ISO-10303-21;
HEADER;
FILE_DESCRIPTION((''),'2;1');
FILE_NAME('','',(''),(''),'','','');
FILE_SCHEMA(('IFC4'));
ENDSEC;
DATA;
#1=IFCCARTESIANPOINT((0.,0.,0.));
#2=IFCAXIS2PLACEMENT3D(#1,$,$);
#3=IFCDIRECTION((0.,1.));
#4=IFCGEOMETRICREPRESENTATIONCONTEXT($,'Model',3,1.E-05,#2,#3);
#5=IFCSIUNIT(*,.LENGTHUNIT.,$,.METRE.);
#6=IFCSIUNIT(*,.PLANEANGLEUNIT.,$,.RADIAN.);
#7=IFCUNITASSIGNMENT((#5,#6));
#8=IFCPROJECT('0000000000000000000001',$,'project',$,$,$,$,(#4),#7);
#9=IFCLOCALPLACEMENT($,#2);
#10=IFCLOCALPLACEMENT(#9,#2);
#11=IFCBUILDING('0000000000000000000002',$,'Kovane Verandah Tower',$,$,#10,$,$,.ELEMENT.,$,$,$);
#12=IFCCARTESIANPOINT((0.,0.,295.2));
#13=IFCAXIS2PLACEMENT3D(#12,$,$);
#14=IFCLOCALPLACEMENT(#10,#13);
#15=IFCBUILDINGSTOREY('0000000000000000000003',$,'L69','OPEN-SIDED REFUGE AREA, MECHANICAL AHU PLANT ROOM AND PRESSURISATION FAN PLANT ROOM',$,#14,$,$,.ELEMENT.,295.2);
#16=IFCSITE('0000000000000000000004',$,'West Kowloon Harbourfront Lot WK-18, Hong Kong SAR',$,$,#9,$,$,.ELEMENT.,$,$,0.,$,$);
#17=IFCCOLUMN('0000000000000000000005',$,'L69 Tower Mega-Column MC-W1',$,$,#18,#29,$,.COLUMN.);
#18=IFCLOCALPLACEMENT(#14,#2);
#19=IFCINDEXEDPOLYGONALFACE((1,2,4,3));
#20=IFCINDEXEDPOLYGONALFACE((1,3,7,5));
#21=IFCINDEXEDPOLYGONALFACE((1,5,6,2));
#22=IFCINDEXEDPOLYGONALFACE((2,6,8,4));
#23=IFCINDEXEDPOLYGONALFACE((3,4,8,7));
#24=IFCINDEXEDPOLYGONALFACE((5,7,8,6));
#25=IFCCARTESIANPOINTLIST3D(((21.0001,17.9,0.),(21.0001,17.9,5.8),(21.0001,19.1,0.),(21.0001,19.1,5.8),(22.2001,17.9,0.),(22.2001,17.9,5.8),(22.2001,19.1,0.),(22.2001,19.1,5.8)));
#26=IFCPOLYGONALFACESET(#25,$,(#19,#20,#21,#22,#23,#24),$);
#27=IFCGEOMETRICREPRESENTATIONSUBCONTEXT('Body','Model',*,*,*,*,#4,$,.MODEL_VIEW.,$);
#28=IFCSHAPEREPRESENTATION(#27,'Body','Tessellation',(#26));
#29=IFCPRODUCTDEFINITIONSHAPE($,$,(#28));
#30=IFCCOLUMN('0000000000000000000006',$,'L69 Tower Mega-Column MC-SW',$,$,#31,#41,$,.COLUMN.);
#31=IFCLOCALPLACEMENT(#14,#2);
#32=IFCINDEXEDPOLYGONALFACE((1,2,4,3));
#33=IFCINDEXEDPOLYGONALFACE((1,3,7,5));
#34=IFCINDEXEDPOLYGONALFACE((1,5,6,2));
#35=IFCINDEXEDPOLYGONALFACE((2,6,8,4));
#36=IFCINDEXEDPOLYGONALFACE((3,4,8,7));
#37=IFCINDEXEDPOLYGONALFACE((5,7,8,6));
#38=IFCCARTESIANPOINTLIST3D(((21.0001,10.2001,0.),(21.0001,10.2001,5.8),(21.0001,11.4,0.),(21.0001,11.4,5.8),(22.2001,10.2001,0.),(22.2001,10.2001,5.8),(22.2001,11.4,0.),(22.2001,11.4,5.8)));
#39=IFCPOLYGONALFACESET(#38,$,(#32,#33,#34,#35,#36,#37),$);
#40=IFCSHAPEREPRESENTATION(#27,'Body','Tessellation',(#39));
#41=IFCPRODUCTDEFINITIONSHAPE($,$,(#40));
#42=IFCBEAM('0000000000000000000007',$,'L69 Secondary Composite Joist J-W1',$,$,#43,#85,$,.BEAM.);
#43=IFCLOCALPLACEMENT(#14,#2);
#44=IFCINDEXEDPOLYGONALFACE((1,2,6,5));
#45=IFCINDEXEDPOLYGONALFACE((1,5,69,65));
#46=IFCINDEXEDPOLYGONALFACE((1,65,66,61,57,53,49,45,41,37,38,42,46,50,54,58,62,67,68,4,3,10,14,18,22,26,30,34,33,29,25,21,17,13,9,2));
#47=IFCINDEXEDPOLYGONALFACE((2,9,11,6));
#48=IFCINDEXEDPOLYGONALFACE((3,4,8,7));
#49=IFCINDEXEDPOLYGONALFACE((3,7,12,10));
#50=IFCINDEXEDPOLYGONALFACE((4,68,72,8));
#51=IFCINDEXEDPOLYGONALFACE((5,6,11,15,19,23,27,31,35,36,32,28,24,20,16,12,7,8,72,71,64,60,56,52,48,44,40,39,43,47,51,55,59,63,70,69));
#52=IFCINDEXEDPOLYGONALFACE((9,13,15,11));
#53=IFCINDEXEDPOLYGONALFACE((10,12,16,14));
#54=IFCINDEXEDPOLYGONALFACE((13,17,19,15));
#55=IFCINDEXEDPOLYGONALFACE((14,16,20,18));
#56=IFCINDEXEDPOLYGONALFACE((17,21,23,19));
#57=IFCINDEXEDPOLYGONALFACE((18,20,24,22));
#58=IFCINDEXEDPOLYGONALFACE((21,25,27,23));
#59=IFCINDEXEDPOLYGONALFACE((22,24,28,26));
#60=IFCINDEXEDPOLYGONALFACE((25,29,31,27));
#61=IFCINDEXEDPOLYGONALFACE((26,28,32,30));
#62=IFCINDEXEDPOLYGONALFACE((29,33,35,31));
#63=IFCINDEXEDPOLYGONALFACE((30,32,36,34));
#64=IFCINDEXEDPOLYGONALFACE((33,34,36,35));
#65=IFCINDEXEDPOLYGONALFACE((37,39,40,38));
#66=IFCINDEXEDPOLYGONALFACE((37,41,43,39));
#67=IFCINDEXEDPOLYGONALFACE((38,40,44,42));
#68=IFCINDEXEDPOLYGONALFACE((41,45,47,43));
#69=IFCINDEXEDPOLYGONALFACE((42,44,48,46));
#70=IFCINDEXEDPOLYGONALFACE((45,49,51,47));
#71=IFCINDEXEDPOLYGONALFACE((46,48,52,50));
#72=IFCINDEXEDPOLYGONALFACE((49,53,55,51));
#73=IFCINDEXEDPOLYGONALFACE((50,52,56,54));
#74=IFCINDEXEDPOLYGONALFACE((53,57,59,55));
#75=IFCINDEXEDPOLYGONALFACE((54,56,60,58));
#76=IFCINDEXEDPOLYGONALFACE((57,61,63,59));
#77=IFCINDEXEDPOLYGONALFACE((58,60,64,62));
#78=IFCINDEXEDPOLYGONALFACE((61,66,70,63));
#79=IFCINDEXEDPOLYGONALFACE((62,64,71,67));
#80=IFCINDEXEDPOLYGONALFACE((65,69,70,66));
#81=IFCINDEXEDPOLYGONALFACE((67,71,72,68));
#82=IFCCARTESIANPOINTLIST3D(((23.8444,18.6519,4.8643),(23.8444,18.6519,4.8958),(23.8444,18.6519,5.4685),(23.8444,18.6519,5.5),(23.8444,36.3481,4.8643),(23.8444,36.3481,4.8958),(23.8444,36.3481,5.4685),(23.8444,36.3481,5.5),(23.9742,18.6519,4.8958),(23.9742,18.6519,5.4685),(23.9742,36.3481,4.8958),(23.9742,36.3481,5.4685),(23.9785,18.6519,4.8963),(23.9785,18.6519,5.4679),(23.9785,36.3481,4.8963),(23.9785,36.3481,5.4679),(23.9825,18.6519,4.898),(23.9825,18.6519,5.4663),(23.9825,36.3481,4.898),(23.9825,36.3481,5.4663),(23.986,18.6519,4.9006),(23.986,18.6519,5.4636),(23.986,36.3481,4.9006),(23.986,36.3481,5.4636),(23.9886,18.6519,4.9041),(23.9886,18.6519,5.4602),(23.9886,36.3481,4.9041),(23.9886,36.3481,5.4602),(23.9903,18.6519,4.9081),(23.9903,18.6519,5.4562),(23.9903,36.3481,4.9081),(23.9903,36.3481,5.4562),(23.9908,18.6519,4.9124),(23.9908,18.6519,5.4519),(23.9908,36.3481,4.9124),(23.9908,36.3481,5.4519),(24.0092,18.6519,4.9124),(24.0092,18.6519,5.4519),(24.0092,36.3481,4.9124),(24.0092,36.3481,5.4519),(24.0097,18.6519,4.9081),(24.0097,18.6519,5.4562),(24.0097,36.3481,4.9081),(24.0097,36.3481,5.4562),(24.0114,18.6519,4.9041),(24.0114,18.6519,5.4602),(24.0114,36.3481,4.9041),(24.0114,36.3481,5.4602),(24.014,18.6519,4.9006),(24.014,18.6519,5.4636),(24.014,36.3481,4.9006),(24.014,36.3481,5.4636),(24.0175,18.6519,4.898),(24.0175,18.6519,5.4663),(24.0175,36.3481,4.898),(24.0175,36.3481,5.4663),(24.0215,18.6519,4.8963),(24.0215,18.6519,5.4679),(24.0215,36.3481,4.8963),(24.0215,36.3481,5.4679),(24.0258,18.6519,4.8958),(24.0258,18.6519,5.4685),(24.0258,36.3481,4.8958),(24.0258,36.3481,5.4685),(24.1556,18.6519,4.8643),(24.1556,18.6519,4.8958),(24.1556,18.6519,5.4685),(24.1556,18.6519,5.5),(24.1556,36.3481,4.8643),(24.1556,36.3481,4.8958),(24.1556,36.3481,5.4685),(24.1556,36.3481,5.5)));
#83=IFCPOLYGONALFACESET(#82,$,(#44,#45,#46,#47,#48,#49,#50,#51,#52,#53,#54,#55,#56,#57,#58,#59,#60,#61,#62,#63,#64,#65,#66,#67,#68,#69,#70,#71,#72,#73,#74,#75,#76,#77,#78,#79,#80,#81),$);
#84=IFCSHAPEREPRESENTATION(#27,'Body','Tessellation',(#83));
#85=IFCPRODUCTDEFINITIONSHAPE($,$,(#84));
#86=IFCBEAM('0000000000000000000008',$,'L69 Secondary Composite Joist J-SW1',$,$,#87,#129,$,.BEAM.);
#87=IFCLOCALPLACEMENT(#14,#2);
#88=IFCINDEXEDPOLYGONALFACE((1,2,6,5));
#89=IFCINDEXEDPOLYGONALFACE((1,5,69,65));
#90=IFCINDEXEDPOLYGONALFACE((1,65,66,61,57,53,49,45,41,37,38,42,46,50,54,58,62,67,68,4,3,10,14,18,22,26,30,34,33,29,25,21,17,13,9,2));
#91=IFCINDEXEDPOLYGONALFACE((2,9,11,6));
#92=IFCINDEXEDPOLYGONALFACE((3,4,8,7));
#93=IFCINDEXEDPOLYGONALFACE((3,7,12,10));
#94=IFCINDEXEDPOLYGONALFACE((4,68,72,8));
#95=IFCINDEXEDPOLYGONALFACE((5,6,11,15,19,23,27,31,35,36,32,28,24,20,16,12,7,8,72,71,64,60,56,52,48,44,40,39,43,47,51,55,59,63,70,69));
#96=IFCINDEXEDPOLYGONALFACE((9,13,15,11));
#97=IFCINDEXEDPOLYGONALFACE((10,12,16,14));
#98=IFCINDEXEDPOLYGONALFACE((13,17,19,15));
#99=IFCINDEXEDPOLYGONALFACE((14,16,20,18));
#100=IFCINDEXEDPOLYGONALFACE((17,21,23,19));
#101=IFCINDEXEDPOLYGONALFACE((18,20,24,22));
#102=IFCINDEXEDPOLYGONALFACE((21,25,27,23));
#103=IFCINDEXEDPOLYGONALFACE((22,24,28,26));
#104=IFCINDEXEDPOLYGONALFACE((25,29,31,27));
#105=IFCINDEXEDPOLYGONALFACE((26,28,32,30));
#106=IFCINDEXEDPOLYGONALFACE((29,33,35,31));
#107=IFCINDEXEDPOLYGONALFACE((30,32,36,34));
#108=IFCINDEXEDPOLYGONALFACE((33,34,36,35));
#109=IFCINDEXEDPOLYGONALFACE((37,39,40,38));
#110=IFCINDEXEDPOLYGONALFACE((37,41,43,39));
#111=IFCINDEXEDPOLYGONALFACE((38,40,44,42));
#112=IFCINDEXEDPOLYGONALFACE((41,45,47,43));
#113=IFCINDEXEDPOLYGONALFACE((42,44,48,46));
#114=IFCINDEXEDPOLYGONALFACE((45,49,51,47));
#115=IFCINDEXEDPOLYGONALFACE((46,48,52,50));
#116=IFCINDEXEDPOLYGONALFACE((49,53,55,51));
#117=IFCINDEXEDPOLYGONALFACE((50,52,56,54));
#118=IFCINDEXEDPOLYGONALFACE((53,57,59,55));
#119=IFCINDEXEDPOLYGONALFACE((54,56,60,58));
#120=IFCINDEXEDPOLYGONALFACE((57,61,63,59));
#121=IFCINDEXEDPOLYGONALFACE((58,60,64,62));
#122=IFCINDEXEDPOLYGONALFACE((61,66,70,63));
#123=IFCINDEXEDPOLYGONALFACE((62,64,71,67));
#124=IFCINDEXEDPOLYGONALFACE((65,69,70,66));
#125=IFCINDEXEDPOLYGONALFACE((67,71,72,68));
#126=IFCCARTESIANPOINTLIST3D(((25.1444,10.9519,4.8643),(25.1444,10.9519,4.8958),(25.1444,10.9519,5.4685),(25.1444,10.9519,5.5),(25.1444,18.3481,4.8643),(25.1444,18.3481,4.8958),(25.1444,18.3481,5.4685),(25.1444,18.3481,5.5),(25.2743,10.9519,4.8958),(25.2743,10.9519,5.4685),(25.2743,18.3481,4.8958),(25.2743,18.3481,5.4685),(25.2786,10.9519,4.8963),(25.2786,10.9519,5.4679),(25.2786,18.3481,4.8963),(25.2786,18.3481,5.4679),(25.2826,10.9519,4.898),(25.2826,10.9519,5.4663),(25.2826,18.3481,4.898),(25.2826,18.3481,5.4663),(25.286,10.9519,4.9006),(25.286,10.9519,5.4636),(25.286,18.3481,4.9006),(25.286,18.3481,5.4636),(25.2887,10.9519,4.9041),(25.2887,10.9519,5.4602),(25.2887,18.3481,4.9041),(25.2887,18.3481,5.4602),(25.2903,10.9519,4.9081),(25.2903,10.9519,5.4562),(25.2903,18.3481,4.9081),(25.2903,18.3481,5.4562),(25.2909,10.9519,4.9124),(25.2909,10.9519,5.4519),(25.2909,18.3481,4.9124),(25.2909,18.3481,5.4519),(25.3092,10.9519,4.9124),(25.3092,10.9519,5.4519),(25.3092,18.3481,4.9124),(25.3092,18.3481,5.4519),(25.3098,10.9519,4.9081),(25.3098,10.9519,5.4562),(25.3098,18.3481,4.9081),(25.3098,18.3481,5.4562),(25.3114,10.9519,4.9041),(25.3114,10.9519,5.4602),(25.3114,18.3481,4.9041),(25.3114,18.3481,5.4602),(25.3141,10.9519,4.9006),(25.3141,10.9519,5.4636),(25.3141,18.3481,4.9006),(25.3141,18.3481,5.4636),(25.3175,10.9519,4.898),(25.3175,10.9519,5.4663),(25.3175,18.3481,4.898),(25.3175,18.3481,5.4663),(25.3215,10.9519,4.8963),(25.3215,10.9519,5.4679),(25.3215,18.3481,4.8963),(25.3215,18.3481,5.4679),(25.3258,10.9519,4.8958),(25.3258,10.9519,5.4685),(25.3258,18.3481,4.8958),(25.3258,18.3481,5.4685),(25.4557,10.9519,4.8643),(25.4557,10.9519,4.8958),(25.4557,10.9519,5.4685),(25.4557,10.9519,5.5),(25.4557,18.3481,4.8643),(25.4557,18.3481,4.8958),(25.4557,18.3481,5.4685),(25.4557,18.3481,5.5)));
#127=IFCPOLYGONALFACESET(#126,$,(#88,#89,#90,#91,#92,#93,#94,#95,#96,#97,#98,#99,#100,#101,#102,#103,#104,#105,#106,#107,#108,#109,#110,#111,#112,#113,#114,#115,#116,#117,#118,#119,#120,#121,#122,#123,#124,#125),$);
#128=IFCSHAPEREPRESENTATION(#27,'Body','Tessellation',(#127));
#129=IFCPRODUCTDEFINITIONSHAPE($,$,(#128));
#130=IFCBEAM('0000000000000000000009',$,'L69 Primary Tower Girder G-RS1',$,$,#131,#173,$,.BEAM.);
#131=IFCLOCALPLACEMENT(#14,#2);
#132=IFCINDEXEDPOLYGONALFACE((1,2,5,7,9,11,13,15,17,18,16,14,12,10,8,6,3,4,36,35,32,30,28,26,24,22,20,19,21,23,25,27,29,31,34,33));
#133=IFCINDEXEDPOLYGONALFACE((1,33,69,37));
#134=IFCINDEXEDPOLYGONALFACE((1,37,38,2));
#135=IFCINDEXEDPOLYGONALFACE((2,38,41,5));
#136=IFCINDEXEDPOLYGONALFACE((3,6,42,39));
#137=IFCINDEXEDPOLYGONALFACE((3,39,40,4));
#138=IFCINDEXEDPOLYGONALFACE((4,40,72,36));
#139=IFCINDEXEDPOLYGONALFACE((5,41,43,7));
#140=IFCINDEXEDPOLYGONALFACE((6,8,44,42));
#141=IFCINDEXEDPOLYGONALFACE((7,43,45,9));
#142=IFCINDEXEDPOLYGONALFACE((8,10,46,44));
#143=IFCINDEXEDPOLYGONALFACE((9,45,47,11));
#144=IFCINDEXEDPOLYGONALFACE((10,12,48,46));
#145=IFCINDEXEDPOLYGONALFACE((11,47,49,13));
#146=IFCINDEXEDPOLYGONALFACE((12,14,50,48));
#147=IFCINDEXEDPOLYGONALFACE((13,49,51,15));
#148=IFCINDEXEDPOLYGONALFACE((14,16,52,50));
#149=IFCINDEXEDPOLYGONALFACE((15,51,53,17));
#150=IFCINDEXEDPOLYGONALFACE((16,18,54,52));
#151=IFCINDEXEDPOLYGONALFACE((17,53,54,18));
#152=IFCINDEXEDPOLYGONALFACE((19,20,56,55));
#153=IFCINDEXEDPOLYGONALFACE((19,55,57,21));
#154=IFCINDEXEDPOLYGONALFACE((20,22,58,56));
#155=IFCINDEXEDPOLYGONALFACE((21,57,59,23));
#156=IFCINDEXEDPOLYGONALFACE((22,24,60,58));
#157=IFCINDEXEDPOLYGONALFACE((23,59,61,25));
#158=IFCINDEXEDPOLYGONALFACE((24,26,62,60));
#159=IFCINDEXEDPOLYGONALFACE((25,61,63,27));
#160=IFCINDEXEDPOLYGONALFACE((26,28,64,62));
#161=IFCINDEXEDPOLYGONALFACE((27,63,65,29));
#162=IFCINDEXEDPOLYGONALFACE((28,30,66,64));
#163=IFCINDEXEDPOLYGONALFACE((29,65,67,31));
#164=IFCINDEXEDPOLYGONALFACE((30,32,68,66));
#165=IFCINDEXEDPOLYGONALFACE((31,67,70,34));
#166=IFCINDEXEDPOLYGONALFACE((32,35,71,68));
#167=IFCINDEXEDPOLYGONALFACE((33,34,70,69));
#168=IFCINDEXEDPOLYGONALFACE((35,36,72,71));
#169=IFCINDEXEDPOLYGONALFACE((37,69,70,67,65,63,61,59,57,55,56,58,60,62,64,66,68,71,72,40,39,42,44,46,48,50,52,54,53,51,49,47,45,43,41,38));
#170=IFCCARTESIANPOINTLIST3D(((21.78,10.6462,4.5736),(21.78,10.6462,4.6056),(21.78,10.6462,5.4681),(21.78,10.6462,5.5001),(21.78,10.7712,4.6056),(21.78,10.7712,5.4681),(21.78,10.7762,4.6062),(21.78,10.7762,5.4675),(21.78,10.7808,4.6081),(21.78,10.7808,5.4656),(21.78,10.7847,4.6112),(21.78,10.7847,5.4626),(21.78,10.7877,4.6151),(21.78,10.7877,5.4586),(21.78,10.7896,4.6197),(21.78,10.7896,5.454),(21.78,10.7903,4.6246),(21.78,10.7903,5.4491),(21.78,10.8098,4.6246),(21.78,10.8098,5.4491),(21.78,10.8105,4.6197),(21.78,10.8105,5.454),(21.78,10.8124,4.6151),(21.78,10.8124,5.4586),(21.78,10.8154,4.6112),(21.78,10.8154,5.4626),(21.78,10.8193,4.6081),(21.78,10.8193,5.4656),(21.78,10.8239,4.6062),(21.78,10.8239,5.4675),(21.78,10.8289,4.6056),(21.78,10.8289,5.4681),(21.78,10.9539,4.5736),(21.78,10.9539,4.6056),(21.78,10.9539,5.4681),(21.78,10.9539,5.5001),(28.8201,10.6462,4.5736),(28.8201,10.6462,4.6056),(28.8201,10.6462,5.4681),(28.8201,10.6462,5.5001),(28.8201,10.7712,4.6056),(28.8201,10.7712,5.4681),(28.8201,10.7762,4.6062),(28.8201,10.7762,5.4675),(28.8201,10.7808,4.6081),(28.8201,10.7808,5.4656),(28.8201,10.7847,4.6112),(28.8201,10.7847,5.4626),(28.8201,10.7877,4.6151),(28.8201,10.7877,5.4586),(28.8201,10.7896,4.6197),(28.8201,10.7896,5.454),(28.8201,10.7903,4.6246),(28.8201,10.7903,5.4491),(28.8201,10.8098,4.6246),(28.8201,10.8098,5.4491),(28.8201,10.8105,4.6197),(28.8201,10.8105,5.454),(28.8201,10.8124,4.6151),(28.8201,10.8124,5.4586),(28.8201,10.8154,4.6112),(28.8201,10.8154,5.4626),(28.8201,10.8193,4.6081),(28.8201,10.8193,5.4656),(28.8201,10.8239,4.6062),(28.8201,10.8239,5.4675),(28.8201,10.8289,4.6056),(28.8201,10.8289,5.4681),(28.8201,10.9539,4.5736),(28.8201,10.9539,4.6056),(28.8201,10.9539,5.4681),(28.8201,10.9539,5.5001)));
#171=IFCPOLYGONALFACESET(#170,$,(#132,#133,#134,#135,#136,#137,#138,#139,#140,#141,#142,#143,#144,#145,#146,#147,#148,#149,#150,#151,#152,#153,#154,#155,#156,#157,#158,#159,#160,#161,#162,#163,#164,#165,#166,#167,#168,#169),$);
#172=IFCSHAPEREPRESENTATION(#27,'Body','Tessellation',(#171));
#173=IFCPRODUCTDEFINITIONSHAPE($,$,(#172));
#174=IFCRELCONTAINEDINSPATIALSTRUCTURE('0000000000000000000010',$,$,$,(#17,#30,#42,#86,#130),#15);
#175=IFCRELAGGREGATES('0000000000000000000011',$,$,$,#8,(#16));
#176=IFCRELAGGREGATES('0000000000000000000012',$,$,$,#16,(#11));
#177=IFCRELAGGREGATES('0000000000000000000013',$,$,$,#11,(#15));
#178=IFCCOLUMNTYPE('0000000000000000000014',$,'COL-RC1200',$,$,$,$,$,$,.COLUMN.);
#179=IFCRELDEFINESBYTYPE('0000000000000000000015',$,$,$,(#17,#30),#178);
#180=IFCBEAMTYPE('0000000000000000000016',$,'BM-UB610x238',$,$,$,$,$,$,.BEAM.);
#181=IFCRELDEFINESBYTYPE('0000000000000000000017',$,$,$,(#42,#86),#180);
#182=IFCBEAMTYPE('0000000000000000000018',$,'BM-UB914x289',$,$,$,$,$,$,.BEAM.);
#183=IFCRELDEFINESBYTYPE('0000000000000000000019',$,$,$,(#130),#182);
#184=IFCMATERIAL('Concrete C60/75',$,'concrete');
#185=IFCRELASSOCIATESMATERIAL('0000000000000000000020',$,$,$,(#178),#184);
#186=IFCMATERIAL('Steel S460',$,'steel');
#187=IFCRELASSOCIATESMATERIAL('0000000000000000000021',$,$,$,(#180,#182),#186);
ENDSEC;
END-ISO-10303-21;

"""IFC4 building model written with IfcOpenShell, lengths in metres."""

from ifc_helpers import new_model, si_unit, direction, frame, origin, origin_2d, place, context, subcontext, project, spatial, rectangle, i_section, extrude, material, material_profile, profile_set, type_object, element, save


model = new_model("IFC4")

# Units and contexts
model_context = context("Model", 3, precision=1e-05, world=origin(), true_north=direction((0.0, 1.0)))
body_context = subcontext(model_context, "Body", "Model", "MODEL_VIEW")
ifc_project = project(units=[si_unit("LENGTHUNIT", "METRE"), si_unit("PLANEANGLEUNIT", "RADIAN")], contexts=[model_context])

# Site, building, storey
site_placement = place(None, origin())
site = spatial("IfcSite", under=ifc_project, at=site_placement, Name="West Kowloon Harbourfront Lot WK-18, Hong Kong SAR", CompositionType="ELEMENT", RefElevation=0.0)
building_placement = place(site_placement, origin())
building = spatial("IfcBuilding", under=site, at=building_placement, Name="Kovane Verandah Tower", CompositionType="ELEMENT")
storey_placement = place(building_placement, frame((0.0, 0.0, 295.2)))
storey = spatial("IfcBuildingStorey", under=building, at=storey_placement, Name="L69", Description="OPEN-SIDED REFUGE AREA, MECHANICAL AHU PLANT ROOM AND PRESSURISATION FAN PLANT ROOM", CompositionType="ELEMENT", Elevation=295.2)

# Columns
ifc_material_1 = material(Name="Concrete C60/75", Category="concrete")
ifc_material_profile_1 = material_profile(ifc_material_1, rectangle(XDim=1.2, YDim=1.2, at=origin_2d()), Name="RC1200x1200")
ifc_profile_set_1 = profile_set([ifc_material_profile_1], Name="Concrete C60/75")
column_type = type_object("IfcColumnType", Name="COL-RC1200", PredefinedType="COLUMN", material=ifc_profile_set_1)
for number, where, z_axis, x_axis, name in (
    (1, (21.6001, 18.5, 0.0), (0.0, 0.0, 1.0), (1.0, 0.0, 0.0), "L69 Tower Mega-Column MC-W1"),
    (2, (21.6001, 10.8, 0.0), (0.0, 0.0, 1.0), (1.0, 0.0, 0.0), "L69 Tower Mega-Column MC-SW"),
):
    element("IfcColumn", number, at=place(storey_placement, frame(where, z_axis=z_axis, x_axis=x_axis)), inside=storey, type_object=column_type, Name=name, PredefinedType="COLUMN", context=body_context, shape_type="SweptSolid", body=[
        extrude(rectangle(XDim=1.2, YDim=1.2, at=origin_2d()), origin(), (0.0, 0.0, 1.0), 5.8),
    ])

# Beams
ifc_material_2 = material(Name="Steel S460", Category="steel")
ifc_material_profile_2 = material_profile(ifc_material_2, i_section(OverallWidth=0.3113, OverallDepth=0.6357, WebThickness=0.0183, FlangeThickness=0.0315, FilletRadius=0.0166, at=origin_2d()), Name="UB610x305x238")
ifc_profile_set_2 = profile_set([ifc_material_profile_2], Name="Steel S460")
beam_type_1 = type_object("IfcBeamType", Name="BM-UB610x238", PredefinedType="BEAM", material=ifc_profile_set_2)
beam_1_placement = place(storey_placement, frame((24.0, 18.6519, 5.1821), z_axis=(0.0, 1.0, 0.0), x_axis=(-1.0, 0.0, 0.0)))
element("IfcBeam", 3, at=beam_1_placement, inside=storey, type_object=beam_type_1, Name="L69 Secondary Composite Joist J-W1", PredefinedType="BEAM", context=body_context, shape_type="SweptSolid", body=[
    extrude(i_section(OverallWidth=0.3113, OverallDepth=0.6357, WebThickness=0.0183, FlangeThickness=0.0315, FilletRadius=0.0166, at=origin_2d()), origin(), (0.0, 0.0, 1.0), 17.6963),
])
beam_2_placement = place(storey_placement, frame((25.3, 10.9519, 5.1821), z_axis=(0.0, 1.0, 0.0), x_axis=(-1.0, 0.0, 0.0)))
element("IfcBeam", 4, at=beam_2_placement, inside=storey, type_object=beam_type_1, Name="L69 Secondary Composite Joist J-SW1", PredefinedType="BEAM", context=body_context, shape_type="SweptSolid", body=[
    extrude(i_section(OverallWidth=0.3113, OverallDepth=0.6357, WebThickness=0.0183, FlangeThickness=0.0315, FilletRadius=0.0166, at=origin_2d()), origin(), (0.0, 0.0, 1.0), 7.3962),
])
ifc_material_profile_3 = material_profile(ifc_material_2, i_section(OverallWidth=0.3076, OverallDepth=0.9265, WebThickness=0.0195, FlangeThickness=0.032, FilletRadius=0.019, at=origin_2d()), Name="UB914x305x289")
ifc_profile_set_3 = profile_set([ifc_material_profile_3], Name="Steel S460")
beam_type_2 = type_object("IfcBeamType", Name="BM-UB914x289", PredefinedType="BEAM", material=ifc_profile_set_3)
beam_3_placement = place(storey_placement, frame((21.78, 10.8, 5.0369), z_axis=(1.0, 0.0, 0.0), x_axis=(0.0, 1.0, 0.0)))
element("IfcBeam", 5, at=beam_3_placement, inside=storey, type_object=beam_type_2, Name="L69 Primary Tower Girder G-RS1", PredefinedType="BEAM", context=body_context, shape_type="SweptSolid", body=[
    extrude(i_section(OverallWidth=0.3076, OverallDepth=0.9265, WebThickness=0.0195, FlangeThickness=0.032, FilletRadius=0.019, at=origin_2d()), origin(), (0.0, 0.0, 1.0), 7.04),
])

save(model, "model.ifc")
